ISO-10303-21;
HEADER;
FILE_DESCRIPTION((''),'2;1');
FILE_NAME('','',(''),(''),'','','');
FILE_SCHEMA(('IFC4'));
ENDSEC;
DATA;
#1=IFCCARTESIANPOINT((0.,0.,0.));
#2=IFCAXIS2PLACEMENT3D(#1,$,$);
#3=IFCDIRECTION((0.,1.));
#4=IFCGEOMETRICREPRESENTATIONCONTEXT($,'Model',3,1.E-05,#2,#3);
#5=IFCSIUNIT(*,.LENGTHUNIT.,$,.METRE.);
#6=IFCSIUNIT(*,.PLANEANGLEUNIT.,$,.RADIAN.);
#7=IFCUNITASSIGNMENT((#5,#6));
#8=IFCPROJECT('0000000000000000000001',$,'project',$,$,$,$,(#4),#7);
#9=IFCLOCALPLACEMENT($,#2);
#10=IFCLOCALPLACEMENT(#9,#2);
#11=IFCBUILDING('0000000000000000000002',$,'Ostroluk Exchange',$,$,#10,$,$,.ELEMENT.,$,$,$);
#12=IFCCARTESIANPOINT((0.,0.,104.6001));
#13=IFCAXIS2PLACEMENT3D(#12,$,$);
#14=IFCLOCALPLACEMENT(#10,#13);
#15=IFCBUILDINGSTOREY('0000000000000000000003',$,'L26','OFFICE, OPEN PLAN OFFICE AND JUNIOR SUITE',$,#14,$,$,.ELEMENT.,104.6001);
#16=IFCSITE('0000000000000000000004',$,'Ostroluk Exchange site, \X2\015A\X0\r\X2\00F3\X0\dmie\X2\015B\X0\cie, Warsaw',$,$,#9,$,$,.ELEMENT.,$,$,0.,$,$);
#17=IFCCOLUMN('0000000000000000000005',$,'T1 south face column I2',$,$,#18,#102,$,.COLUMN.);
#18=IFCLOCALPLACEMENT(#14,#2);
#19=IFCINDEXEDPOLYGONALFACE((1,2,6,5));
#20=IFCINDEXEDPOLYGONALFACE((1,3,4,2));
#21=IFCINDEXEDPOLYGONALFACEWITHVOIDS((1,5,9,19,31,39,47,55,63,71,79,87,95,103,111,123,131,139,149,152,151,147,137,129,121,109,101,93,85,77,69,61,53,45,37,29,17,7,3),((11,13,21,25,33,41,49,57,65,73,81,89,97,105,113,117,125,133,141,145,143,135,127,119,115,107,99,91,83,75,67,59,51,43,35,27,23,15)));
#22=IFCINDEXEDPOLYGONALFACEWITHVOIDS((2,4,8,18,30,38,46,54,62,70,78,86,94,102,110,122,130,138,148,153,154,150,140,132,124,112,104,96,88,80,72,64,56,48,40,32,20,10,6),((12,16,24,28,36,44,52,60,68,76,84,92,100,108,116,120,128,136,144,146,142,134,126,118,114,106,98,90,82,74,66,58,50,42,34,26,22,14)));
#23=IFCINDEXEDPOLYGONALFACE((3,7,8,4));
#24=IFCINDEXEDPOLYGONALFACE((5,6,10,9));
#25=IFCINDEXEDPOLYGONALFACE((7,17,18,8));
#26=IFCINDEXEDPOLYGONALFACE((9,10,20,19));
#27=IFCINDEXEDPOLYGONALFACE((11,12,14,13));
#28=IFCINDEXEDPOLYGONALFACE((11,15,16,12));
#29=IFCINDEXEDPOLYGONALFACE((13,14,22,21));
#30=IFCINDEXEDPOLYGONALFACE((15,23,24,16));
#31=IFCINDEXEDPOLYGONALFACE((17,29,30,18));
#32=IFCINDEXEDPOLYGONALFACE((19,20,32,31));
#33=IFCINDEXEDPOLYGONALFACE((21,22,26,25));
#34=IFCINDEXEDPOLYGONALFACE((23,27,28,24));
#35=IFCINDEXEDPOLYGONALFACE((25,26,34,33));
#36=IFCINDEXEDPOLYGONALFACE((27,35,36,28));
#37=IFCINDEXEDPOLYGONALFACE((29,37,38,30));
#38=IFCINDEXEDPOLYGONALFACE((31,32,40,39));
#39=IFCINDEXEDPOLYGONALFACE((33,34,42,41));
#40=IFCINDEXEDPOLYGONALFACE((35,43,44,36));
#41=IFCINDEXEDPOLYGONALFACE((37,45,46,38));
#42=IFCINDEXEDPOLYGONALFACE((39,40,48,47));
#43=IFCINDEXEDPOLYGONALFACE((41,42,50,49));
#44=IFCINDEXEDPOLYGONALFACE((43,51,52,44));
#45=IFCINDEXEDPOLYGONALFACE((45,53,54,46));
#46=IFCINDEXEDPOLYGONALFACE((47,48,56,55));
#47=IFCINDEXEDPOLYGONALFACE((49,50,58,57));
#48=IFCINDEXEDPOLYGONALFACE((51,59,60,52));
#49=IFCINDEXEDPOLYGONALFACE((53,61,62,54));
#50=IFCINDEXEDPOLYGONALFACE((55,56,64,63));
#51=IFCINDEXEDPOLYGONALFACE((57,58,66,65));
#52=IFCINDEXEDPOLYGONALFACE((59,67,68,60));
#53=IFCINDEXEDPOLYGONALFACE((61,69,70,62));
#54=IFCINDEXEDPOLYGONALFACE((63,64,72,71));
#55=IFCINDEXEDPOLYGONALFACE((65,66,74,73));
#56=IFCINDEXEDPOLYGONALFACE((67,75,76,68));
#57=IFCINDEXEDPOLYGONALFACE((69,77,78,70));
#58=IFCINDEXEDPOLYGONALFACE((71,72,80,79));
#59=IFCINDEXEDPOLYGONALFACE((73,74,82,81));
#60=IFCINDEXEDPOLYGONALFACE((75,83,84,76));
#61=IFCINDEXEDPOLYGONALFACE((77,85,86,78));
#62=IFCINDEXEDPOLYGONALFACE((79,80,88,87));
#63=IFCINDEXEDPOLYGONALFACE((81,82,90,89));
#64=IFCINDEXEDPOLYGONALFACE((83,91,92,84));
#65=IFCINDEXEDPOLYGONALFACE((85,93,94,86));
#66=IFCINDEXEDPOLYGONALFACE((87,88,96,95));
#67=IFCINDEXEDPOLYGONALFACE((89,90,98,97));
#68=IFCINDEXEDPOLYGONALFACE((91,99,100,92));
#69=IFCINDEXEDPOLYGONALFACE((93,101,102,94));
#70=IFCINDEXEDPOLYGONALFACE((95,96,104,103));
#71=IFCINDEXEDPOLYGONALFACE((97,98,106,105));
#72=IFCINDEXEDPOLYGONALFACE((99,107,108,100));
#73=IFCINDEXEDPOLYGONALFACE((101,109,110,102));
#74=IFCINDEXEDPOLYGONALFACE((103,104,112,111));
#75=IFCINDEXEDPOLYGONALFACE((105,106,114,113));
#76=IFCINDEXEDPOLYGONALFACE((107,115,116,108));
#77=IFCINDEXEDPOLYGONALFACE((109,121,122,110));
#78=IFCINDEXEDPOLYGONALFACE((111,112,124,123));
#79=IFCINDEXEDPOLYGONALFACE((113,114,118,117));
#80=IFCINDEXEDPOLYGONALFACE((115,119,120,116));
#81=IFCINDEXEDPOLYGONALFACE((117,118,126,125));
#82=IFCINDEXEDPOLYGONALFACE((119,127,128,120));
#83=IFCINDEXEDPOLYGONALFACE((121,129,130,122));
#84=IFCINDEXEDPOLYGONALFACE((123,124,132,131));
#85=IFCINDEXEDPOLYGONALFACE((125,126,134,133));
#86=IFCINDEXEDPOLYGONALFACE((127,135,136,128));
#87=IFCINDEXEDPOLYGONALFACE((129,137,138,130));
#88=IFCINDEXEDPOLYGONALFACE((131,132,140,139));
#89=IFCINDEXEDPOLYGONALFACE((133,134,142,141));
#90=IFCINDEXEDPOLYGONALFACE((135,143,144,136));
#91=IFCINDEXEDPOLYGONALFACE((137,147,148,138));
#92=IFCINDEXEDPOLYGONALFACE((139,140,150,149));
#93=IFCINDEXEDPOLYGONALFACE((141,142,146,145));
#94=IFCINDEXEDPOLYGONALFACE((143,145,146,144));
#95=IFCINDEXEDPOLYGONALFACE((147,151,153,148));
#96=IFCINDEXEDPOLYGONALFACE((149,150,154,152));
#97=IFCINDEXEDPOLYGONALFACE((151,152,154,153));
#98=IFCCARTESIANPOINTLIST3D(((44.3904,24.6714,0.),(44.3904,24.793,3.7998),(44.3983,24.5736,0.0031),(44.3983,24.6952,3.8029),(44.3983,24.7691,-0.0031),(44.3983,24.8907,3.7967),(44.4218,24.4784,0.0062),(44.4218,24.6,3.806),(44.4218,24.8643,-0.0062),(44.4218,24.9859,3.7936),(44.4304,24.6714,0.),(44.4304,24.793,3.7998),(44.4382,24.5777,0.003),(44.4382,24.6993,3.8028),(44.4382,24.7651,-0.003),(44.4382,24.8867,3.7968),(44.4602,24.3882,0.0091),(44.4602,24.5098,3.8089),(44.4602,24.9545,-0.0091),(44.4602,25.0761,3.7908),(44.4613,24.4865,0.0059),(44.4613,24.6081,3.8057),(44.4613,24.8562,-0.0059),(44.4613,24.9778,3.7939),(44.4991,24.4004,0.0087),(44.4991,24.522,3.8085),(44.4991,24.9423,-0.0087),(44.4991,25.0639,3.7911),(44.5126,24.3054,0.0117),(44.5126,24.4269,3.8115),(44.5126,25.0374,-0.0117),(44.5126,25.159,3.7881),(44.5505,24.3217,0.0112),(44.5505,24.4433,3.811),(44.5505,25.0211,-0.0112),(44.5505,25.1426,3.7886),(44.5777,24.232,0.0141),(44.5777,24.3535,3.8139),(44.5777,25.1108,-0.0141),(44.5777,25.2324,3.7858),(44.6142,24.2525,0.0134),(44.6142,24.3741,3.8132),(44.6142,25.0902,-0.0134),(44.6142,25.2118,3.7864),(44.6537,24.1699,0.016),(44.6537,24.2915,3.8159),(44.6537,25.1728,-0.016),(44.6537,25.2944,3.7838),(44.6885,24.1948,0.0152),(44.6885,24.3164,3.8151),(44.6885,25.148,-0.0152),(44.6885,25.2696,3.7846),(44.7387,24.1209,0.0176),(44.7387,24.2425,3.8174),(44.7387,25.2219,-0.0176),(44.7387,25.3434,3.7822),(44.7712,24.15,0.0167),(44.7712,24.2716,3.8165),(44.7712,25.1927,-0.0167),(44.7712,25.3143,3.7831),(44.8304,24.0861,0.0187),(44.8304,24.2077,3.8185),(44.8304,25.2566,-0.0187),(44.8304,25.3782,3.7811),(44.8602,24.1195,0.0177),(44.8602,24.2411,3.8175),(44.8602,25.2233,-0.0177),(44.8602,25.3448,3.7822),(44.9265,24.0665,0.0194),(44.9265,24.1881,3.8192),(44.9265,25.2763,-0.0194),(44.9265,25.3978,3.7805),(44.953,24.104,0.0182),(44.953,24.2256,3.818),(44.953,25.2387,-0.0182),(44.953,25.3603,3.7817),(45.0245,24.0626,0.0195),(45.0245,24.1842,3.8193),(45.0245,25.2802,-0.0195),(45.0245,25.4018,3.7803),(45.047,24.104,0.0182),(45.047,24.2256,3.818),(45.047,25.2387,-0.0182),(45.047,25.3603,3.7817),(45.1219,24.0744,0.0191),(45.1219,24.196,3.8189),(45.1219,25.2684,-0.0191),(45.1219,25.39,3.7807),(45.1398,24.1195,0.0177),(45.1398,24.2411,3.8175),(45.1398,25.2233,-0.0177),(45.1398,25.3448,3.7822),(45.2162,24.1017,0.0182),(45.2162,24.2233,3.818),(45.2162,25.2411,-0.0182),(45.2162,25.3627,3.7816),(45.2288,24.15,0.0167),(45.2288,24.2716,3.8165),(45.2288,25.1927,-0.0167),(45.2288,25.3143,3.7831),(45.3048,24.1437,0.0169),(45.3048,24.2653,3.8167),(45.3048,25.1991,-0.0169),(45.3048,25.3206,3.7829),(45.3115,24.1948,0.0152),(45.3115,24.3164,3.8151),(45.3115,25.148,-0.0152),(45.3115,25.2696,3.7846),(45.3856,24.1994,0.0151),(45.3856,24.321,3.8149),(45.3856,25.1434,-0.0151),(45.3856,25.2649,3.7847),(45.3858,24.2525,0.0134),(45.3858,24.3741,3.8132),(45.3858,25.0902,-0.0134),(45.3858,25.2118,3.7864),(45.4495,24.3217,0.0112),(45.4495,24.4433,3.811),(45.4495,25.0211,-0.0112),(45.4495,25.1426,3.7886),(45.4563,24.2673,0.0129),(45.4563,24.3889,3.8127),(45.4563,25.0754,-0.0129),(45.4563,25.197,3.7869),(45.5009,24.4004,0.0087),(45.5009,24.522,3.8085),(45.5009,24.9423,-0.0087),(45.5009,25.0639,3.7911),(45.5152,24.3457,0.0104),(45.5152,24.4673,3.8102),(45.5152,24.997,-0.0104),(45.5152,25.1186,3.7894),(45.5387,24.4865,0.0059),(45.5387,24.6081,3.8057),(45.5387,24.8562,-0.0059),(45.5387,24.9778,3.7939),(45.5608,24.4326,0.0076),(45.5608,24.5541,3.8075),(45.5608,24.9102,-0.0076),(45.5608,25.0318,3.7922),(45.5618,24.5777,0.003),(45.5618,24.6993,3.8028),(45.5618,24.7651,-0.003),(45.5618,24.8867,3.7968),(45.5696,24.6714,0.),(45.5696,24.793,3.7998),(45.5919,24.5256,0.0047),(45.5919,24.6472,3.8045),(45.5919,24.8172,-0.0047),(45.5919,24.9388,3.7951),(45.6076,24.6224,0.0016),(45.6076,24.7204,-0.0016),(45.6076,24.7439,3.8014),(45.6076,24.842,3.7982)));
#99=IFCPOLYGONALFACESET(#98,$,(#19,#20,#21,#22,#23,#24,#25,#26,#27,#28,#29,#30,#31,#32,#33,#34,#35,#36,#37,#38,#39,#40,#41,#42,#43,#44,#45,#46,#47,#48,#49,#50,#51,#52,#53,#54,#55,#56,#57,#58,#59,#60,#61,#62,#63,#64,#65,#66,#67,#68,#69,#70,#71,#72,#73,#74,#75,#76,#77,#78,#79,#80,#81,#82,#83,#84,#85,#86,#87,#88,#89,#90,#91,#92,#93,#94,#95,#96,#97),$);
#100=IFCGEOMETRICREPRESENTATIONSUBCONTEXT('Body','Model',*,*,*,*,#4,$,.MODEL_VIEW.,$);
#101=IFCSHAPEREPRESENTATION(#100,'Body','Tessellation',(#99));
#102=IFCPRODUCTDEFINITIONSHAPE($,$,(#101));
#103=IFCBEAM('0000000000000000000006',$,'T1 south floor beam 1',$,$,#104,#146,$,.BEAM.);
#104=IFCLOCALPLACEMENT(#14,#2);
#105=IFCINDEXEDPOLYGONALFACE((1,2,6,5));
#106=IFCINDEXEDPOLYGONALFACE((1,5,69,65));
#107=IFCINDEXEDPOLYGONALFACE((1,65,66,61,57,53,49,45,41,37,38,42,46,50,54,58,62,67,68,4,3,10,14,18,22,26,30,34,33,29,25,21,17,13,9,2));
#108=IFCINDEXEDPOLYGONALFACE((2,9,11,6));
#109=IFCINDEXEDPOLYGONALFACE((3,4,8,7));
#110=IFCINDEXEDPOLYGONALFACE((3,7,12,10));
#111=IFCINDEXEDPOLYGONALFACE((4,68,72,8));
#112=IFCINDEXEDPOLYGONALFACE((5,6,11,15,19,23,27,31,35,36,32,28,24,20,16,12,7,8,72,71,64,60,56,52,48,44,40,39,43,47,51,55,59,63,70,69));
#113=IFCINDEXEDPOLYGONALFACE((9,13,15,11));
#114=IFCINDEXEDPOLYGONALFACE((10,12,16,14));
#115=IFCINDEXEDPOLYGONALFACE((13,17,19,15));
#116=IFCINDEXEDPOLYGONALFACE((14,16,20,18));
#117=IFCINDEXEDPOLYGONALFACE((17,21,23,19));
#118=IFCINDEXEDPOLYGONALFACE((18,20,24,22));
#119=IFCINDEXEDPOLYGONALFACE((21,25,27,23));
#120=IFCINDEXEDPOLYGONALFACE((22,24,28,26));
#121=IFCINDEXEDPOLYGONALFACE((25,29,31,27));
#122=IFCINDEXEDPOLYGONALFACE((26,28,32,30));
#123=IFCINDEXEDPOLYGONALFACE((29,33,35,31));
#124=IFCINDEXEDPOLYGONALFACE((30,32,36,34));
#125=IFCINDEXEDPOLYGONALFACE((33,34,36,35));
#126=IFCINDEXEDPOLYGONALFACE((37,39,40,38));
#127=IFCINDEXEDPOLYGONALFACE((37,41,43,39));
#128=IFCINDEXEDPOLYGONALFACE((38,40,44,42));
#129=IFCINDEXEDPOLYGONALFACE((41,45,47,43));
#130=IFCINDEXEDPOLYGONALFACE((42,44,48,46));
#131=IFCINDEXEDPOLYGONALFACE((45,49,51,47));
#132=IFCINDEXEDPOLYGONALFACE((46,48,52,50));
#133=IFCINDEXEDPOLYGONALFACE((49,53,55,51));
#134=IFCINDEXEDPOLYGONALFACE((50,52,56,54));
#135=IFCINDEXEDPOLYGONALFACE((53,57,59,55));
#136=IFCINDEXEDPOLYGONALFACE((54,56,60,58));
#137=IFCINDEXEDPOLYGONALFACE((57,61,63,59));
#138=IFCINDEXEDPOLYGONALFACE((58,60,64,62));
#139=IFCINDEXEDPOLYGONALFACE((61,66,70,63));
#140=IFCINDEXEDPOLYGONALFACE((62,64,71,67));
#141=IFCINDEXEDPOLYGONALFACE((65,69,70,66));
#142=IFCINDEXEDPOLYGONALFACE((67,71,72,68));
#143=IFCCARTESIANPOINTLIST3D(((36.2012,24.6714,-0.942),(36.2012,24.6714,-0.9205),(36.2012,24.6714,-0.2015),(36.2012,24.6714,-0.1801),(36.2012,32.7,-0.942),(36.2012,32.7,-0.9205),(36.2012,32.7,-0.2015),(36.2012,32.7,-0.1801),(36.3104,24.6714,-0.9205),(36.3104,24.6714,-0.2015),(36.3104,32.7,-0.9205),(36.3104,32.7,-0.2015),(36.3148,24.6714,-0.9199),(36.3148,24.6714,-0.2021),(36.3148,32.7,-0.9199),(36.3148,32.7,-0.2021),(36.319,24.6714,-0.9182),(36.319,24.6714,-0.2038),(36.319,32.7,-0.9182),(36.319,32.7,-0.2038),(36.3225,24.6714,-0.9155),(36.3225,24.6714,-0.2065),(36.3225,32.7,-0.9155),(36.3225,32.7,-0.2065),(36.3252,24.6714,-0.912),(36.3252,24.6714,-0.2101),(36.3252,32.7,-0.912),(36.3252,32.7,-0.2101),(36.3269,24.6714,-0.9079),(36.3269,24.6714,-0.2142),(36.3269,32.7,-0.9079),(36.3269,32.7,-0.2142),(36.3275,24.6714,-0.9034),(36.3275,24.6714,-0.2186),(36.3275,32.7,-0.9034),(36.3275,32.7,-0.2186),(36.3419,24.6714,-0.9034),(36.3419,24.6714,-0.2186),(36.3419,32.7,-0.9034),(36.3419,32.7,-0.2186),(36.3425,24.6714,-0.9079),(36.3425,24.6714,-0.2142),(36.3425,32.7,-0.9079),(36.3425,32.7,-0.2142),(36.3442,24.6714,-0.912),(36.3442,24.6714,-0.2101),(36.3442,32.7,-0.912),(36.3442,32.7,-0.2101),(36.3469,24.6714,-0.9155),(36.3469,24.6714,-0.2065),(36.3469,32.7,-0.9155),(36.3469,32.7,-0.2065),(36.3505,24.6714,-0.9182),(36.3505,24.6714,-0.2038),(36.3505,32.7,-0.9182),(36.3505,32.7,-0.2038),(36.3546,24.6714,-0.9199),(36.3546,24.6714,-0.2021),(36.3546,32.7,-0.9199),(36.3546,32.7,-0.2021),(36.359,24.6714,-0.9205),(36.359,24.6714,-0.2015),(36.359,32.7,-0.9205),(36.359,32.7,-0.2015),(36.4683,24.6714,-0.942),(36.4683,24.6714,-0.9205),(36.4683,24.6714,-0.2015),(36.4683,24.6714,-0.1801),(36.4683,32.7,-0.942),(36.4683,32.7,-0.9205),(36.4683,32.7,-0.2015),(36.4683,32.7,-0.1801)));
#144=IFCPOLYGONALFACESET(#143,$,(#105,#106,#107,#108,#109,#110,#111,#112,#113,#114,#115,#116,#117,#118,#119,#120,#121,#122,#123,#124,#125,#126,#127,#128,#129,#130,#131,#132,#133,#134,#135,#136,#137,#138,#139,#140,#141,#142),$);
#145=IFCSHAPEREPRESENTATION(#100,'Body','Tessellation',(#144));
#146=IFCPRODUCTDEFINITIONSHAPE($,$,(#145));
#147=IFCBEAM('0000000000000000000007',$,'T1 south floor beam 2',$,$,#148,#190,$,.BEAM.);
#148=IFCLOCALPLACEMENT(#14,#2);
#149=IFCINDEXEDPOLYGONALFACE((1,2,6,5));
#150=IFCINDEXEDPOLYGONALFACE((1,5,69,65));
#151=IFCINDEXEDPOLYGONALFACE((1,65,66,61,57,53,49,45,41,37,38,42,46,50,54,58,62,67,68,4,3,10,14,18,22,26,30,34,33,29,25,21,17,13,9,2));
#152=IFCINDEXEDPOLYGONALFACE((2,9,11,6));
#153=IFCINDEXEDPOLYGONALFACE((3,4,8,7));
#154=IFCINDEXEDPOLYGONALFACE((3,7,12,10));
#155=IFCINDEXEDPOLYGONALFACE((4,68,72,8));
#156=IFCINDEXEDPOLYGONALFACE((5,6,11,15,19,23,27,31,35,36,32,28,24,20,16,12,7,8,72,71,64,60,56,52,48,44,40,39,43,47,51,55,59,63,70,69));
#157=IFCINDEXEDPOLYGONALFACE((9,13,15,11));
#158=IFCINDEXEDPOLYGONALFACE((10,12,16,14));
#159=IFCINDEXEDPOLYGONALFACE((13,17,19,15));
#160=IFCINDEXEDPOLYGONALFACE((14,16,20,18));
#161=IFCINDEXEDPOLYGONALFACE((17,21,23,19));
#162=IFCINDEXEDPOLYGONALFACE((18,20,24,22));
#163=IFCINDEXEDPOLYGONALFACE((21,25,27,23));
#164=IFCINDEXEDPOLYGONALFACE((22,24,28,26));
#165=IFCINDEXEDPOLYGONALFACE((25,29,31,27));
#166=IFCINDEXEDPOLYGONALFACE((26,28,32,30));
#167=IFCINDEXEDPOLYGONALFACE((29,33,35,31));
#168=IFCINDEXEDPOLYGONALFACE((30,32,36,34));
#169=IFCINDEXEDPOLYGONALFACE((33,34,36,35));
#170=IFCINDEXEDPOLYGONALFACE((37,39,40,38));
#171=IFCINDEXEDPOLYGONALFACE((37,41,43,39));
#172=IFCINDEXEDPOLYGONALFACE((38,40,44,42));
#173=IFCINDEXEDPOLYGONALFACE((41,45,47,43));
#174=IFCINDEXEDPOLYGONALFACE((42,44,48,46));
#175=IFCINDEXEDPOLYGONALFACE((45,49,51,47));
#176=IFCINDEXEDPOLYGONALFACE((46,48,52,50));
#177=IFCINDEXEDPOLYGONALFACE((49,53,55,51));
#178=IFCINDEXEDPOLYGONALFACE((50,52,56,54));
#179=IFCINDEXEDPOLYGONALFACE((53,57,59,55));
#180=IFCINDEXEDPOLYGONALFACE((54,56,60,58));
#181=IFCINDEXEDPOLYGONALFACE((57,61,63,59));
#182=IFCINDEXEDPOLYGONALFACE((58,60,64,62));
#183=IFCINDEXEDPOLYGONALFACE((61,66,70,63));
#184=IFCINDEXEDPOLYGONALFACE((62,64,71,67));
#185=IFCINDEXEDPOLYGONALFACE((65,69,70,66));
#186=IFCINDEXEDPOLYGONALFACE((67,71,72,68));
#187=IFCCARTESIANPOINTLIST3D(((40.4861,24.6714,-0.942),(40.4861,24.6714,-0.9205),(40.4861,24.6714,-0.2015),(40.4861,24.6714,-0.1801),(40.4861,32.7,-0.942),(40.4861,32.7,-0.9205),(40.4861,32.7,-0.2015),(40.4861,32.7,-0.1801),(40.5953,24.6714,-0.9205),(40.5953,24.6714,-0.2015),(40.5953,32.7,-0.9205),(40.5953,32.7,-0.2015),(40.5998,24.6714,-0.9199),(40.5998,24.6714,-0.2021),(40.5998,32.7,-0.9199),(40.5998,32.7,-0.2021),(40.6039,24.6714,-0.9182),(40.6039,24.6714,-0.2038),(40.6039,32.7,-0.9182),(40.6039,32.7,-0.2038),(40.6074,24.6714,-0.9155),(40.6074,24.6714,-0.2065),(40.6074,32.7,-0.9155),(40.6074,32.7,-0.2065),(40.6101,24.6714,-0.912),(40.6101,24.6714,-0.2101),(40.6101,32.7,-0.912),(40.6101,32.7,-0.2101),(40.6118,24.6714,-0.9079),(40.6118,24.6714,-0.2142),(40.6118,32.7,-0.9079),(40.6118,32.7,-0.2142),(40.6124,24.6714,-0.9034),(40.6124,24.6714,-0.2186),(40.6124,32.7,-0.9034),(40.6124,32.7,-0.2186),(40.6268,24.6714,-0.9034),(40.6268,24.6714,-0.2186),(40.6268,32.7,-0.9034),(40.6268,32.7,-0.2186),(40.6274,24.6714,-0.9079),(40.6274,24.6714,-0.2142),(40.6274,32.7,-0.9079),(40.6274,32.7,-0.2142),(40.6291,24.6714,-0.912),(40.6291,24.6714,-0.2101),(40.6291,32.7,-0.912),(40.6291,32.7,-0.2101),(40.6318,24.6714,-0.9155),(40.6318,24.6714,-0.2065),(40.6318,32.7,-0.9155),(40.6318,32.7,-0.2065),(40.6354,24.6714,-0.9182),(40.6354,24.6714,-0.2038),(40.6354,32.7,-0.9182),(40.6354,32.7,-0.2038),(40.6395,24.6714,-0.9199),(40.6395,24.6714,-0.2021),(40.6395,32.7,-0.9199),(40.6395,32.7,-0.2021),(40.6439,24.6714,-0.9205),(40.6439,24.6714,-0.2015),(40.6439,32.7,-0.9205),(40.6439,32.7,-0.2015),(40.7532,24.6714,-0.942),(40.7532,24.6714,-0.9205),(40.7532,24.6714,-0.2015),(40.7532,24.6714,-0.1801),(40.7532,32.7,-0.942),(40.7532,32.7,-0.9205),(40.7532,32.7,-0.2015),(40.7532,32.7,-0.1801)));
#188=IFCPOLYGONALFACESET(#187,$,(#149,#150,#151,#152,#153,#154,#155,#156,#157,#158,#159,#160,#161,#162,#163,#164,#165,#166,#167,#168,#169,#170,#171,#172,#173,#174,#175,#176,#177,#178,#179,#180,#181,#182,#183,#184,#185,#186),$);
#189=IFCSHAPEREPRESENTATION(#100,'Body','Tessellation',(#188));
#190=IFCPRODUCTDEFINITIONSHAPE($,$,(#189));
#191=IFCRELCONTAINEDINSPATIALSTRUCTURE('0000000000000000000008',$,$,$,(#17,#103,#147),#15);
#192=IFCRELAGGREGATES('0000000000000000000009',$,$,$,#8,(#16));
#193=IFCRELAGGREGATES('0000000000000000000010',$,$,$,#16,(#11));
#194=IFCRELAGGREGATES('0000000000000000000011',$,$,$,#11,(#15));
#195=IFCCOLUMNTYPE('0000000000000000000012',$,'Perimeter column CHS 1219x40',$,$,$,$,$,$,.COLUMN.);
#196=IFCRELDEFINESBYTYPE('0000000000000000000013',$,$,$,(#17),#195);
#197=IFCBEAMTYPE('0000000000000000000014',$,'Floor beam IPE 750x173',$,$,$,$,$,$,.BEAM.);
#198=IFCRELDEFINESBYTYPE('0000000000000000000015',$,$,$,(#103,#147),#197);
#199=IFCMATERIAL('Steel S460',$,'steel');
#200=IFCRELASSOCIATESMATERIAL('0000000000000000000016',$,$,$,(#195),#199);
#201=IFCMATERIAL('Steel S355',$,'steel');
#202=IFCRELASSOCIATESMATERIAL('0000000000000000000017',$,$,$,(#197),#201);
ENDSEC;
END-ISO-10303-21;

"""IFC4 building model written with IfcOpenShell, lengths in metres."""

from ifc_helpers import new_model, si_unit, direction, frame, origin, origin_2d, place, context, subcontext, project, spatial, hollow_circle, i_section, extrude, material, material_profile, profile_set, type_object, element, save


model = new_model("IFC4")

# Units and contexts
model_context = context("Model", 3, precision=1e-05, world=origin(), true_north=direction((0.0, 1.0)))
body_context = subcontext(model_context, "Body", "Model", "MODEL_VIEW")
ifc_project = project(units=[si_unit("LENGTHUNIT", "METRE"), si_unit("PLANEANGLEUNIT", "RADIAN")], contexts=[model_context])

# Site, building, storey
site_placement = place(None, origin())
site = spatial("IfcSite", under=ifc_project, at=site_placement, Name="Ostroluk Exchange site, Śródmieście, Warsaw", CompositionType="ELEMENT", RefElevation=0.0)
building_placement = place(site_placement, origin())
building = spatial("IfcBuilding", under=site, at=building_placement, Name="Ostroluk Exchange", CompositionType="ELEMENT")
storey_placement = place(building_placement, frame((0.0, 0.0, 104.6001)))
storey = spatial("IfcBuildingStorey", under=building, at=storey_placement, Name="L26", Description="OFFICE, OPEN PLAN OFFICE AND JUNIOR SUITE", CompositionType="ELEMENT", Elevation=104.6001)

# Column
ifc_material_1 = material(Name="Steel S460", Category="steel")
ifc_material_profile_1 = material_profile(ifc_material_1, hollow_circle(Radius=0.6096, WallThickness=0.04, at=origin_2d()), Name="CHS 1219x40")
ifc_profile_set_1 = profile_set([ifc_material_profile_1], Name="Steel S460")
column_type = type_object("IfcColumnType", Name="Perimeter column CHS 1219x40", PredefinedType="COLUMN", material=ifc_profile_set_1)
column_placement = place(storey_placement, frame((45.0, 24.6714, 0.0), z_axis=(0.0, 0.031981, 0.999488), x_axis=(-1.0, 0.0, 0.0)))
element("IfcColumn", 1, at=column_placement, inside=storey, type_object=column_type, Name="T1 south face column I2", PredefinedType="COLUMN", context=body_context, shape_type="SweptSolid", body=[
    extrude(hollow_circle(Radius=0.6096, WallThickness=0.04, at=origin_2d()), origin(), (0.0, 0.0, 1.0), 3.8018),
])

# Beams
ifc_material_2 = material(Name="Steel S355", Category="steel")
ifc_material_profile_2 = material_profile(ifc_material_2, i_section(OverallWidth=0.2671, OverallDepth=0.762, WebThickness=0.0144, FlangeThickness=0.0215, FilletRadius=0.0171, at=origin_2d()), Name="IPE 750x173")
ifc_profile_set_2 = profile_set([ifc_material_profile_2], Name="Steel S355")
beam_type_1 = type_object("IfcBeamType", Name="Floor beam IPE 750x173", PredefinedType="BEAM", material=ifc_profile_set_2)
for number, where, z_axis, x_axis, name in (
    (2, (36.3347, 32.7, -0.561), (0.0, -1.0, 0.0), (1.0, 0.0, 0.0), "T1 south floor beam 1"),
    (3, (40.6196, 32.7, -0.561), (0.0, -1.0, 0.0), (1.0, 0.0, 0.0), "T1 south floor beam 2"),
):
    element("IfcBeam", number, at=place(storey_placement, frame(where, z_axis=z_axis, x_axis=x_axis)), inside=storey, type_object=beam_type_1, Name=name, PredefinedType="BEAM", context=body_context, shape_type="SweptSolid", body=[
        extrude(i_section(OverallWidth=0.2671, OverallDepth=0.762, WebThickness=0.0144, FlangeThickness=0.0215, FilletRadius=0.0171, at=origin_2d()), origin(), (0.0, 0.0, 1.0), 8.0286),
    ])

save(model, "model.ifc")
